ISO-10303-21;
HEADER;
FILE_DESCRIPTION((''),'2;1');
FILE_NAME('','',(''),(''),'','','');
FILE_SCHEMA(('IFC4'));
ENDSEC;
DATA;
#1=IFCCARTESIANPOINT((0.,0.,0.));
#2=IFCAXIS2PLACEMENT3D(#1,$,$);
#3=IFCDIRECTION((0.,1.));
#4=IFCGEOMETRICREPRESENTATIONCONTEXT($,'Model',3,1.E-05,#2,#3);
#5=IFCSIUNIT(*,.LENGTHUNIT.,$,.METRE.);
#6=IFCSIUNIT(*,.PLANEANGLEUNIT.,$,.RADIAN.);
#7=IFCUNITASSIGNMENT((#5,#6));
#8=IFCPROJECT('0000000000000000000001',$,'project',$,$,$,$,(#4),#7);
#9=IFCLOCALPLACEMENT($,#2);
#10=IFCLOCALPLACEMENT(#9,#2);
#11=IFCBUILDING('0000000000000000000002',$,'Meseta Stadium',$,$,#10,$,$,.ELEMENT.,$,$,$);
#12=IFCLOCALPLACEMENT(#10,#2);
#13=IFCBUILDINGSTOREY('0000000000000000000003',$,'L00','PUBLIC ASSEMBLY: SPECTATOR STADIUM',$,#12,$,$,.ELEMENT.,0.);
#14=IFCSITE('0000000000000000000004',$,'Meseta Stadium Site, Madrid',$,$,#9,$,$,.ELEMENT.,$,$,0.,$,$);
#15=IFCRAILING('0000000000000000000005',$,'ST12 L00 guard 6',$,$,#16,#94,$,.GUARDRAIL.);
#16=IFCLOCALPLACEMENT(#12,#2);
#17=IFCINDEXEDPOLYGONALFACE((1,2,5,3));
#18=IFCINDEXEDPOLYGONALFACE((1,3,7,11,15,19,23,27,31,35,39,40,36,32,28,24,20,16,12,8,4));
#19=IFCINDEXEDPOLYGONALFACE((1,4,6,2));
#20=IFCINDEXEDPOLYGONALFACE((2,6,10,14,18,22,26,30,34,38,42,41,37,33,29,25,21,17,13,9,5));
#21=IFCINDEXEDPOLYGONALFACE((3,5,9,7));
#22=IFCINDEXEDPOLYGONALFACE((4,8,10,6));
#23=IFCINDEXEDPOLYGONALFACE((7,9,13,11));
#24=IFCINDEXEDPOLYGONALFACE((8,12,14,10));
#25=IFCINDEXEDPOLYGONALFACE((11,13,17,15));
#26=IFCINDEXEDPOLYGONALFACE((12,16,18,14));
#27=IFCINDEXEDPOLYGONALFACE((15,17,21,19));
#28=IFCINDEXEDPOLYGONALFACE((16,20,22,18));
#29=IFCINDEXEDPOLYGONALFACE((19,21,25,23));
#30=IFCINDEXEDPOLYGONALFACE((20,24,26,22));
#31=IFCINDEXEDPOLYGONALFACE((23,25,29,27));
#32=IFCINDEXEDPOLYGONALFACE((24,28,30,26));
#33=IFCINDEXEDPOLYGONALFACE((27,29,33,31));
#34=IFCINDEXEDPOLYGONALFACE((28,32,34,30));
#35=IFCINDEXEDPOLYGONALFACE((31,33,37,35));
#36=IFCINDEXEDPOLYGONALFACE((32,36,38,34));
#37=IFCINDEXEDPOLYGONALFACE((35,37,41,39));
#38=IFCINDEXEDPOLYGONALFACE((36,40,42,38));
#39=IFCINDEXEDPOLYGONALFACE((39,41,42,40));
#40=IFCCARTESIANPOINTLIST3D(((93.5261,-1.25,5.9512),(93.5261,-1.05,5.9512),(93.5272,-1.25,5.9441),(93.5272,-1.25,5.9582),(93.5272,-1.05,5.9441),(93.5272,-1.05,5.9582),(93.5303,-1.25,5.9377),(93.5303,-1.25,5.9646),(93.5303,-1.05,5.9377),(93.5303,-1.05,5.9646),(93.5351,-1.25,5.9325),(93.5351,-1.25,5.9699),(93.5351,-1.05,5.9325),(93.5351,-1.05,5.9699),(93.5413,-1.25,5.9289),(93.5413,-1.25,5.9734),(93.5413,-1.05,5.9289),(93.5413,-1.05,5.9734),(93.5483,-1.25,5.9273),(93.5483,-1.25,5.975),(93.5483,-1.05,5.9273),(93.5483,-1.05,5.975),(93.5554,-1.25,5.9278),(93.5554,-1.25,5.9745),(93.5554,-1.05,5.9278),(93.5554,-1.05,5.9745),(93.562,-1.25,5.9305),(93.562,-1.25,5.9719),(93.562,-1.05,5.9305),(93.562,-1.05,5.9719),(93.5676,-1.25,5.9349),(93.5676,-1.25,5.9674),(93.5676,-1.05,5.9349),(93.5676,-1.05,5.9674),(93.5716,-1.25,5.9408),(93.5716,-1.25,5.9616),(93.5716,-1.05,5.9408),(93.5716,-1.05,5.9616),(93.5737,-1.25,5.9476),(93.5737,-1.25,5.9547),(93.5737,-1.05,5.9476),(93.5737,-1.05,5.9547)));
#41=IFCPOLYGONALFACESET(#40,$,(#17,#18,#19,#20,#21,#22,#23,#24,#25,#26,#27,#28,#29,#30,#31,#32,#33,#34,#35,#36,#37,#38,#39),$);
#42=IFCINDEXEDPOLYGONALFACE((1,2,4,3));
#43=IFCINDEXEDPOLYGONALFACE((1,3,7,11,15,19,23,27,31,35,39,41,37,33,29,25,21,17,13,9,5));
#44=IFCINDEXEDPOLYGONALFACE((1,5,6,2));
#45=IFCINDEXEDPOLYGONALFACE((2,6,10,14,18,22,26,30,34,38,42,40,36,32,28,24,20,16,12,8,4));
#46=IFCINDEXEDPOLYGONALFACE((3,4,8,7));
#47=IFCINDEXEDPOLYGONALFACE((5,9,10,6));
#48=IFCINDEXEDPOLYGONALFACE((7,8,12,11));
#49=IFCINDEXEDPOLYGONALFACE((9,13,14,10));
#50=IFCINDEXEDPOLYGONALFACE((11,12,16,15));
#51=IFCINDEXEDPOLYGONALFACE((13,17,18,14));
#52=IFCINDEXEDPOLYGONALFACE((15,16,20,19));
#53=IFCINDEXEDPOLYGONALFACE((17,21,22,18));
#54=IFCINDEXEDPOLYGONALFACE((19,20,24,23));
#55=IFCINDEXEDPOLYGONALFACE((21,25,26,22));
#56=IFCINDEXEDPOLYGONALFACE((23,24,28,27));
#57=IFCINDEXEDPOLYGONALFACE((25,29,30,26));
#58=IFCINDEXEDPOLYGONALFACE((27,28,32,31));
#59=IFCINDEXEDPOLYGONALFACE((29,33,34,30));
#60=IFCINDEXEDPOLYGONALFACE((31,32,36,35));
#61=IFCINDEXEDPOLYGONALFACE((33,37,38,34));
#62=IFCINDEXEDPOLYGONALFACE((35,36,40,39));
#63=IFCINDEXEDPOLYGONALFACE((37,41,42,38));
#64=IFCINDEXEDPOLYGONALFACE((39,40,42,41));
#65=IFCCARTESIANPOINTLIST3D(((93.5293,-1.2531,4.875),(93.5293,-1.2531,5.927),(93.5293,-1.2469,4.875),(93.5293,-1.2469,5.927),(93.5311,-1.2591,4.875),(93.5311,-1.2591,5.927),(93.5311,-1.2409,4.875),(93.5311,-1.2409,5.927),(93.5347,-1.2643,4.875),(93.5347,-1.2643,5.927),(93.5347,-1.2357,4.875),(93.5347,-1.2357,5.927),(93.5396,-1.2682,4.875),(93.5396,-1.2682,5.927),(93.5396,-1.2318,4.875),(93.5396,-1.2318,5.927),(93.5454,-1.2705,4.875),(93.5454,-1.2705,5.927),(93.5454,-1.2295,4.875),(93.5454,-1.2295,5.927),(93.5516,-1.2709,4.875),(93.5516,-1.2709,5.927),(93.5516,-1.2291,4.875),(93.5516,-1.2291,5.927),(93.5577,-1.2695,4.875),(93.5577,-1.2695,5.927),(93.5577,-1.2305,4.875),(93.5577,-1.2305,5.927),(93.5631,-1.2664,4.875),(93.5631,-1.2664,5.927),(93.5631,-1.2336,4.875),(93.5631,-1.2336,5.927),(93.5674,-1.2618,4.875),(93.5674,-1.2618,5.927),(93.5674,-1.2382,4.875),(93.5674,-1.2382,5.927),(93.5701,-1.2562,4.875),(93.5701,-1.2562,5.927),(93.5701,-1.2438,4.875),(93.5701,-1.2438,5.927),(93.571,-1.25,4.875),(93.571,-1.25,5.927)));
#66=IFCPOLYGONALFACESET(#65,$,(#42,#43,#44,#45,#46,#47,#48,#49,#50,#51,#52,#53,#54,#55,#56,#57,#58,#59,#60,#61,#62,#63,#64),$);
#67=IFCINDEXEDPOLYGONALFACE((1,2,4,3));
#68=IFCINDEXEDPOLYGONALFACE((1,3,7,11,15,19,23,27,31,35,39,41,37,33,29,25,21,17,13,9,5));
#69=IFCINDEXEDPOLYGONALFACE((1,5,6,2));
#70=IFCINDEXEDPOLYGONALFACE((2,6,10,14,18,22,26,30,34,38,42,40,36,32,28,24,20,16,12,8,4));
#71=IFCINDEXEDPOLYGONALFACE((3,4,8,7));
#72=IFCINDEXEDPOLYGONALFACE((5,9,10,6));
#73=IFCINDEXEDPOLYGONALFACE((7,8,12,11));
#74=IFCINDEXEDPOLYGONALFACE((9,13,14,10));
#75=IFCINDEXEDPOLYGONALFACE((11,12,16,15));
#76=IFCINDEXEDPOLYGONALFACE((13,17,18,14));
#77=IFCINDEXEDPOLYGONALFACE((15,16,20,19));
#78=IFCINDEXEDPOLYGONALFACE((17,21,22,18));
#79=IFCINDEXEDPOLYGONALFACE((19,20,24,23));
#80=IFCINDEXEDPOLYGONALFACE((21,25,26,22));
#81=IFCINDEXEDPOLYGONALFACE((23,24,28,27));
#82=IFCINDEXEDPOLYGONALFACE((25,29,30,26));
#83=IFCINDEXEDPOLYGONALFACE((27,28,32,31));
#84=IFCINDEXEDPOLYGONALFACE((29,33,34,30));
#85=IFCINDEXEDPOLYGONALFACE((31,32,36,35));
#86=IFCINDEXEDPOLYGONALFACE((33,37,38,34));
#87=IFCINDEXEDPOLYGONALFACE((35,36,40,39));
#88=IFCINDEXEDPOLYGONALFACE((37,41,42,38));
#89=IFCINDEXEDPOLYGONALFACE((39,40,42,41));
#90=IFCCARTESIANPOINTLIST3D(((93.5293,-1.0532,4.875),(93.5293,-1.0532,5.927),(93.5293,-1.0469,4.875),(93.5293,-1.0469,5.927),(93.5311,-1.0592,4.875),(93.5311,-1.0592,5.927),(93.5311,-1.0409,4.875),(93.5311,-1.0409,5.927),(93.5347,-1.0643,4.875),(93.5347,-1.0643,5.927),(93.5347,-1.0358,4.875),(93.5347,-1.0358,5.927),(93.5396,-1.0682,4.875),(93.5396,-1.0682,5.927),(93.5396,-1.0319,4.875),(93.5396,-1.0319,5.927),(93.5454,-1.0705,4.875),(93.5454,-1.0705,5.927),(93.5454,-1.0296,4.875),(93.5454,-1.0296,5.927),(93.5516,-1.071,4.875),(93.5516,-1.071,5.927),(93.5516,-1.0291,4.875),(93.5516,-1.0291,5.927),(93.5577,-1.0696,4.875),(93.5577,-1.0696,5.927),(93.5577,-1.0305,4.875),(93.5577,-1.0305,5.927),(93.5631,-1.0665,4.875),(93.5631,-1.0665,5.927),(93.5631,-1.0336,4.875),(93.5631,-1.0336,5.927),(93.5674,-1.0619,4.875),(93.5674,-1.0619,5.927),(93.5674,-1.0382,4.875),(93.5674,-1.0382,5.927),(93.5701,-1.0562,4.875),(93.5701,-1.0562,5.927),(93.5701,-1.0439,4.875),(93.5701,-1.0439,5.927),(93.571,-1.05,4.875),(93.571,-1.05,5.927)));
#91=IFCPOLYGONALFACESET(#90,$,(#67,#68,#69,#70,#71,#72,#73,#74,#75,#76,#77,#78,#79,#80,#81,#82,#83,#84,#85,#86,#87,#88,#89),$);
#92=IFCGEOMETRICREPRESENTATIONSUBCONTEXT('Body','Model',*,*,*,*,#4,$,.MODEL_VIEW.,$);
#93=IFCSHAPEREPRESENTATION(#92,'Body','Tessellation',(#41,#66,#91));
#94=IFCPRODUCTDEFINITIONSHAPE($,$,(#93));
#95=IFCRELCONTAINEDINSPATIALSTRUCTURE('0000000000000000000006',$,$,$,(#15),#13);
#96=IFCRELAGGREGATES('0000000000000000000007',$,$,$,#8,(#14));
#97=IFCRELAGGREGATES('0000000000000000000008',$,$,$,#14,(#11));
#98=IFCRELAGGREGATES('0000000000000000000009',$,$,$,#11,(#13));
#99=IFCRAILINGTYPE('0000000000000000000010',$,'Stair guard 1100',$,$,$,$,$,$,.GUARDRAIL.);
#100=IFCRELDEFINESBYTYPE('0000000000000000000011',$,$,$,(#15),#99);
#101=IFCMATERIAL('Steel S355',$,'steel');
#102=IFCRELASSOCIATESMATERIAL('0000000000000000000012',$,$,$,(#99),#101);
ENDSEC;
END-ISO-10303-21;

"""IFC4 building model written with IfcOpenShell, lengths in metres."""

from ifc_helpers import new_model, si_unit, direction, frame, origin, origin_2d, place, context, subcontext, project, spatial, circle, extrude, material, type_object, element, save


model = new_model("IFC4")

# Units and contexts
model_context = context("Model", 3, precision=1e-05, world=origin(), true_north=direction((0.0, 1.0)))
body_context = subcontext(model_context, "Body", "Model", "MODEL_VIEW")
ifc_project = project(units=[si_unit("LENGTHUNIT", "METRE"), si_unit("PLANEANGLEUNIT", "RADIAN")], contexts=[model_context])

# Site, building, storey
site_placement = place(None, origin())
site = spatial("IfcSite", under=ifc_project, at=site_placement, Name="Meseta Stadium Site, Madrid", CompositionType="ELEMENT", RefElevation=0.0)
building_placement = place(site_placement, origin())
building = spatial("IfcBuilding", under=site, at=building_placement, Name="Meseta Stadium", CompositionType="ELEMENT")
storey_placement = place(building_placement, origin())
storey = spatial("IfcBuildingStorey", under=building, at=storey_placement, Name="L00", Description="PUBLIC ASSEMBLY: SPECTATOR STADIUM", CompositionType="ELEMENT", Elevation=0.0)

# Railing
ifc_material_1 = material(Name="Steel S355", Category="steel")
railing_type_1 = type_object("IfcRailingType", Name="Stair guard 1100", PredefinedType="GUARDRAIL", material=ifc_material_1)
railing_1_placement = place(storey_placement, frame((93.55, -1.25, 4.875)))
element("IfcRailing", 1, at=railing_1_placement, inside=storey, type_object=railing_type_1, Name="ST12 L00 guard 6", PredefinedType="GUARDRAIL", context=body_context, shape_type="SweptSolid", body=[
    extrude(circle(Radius=0.0239, at=origin_2d()), frame((0.0, 0.0, 1.0762), z_axis=(0.0, 1.0, 0.0), x_axis=(-1.0, 0.0, 0.0)), (0.0, 0.0, 1.0), 0.2),
    extrude(circle(Radius=0.021, at=origin_2d()), origin(), (0.0, 0.0, 1.0), 1.052),
    extrude(circle(Radius=0.021, at=origin_2d()), frame((0.0, 0.2, 0.0)), (0.0, 0.0, 1.0), 1.052),
])

save(model, "model.ifc")
